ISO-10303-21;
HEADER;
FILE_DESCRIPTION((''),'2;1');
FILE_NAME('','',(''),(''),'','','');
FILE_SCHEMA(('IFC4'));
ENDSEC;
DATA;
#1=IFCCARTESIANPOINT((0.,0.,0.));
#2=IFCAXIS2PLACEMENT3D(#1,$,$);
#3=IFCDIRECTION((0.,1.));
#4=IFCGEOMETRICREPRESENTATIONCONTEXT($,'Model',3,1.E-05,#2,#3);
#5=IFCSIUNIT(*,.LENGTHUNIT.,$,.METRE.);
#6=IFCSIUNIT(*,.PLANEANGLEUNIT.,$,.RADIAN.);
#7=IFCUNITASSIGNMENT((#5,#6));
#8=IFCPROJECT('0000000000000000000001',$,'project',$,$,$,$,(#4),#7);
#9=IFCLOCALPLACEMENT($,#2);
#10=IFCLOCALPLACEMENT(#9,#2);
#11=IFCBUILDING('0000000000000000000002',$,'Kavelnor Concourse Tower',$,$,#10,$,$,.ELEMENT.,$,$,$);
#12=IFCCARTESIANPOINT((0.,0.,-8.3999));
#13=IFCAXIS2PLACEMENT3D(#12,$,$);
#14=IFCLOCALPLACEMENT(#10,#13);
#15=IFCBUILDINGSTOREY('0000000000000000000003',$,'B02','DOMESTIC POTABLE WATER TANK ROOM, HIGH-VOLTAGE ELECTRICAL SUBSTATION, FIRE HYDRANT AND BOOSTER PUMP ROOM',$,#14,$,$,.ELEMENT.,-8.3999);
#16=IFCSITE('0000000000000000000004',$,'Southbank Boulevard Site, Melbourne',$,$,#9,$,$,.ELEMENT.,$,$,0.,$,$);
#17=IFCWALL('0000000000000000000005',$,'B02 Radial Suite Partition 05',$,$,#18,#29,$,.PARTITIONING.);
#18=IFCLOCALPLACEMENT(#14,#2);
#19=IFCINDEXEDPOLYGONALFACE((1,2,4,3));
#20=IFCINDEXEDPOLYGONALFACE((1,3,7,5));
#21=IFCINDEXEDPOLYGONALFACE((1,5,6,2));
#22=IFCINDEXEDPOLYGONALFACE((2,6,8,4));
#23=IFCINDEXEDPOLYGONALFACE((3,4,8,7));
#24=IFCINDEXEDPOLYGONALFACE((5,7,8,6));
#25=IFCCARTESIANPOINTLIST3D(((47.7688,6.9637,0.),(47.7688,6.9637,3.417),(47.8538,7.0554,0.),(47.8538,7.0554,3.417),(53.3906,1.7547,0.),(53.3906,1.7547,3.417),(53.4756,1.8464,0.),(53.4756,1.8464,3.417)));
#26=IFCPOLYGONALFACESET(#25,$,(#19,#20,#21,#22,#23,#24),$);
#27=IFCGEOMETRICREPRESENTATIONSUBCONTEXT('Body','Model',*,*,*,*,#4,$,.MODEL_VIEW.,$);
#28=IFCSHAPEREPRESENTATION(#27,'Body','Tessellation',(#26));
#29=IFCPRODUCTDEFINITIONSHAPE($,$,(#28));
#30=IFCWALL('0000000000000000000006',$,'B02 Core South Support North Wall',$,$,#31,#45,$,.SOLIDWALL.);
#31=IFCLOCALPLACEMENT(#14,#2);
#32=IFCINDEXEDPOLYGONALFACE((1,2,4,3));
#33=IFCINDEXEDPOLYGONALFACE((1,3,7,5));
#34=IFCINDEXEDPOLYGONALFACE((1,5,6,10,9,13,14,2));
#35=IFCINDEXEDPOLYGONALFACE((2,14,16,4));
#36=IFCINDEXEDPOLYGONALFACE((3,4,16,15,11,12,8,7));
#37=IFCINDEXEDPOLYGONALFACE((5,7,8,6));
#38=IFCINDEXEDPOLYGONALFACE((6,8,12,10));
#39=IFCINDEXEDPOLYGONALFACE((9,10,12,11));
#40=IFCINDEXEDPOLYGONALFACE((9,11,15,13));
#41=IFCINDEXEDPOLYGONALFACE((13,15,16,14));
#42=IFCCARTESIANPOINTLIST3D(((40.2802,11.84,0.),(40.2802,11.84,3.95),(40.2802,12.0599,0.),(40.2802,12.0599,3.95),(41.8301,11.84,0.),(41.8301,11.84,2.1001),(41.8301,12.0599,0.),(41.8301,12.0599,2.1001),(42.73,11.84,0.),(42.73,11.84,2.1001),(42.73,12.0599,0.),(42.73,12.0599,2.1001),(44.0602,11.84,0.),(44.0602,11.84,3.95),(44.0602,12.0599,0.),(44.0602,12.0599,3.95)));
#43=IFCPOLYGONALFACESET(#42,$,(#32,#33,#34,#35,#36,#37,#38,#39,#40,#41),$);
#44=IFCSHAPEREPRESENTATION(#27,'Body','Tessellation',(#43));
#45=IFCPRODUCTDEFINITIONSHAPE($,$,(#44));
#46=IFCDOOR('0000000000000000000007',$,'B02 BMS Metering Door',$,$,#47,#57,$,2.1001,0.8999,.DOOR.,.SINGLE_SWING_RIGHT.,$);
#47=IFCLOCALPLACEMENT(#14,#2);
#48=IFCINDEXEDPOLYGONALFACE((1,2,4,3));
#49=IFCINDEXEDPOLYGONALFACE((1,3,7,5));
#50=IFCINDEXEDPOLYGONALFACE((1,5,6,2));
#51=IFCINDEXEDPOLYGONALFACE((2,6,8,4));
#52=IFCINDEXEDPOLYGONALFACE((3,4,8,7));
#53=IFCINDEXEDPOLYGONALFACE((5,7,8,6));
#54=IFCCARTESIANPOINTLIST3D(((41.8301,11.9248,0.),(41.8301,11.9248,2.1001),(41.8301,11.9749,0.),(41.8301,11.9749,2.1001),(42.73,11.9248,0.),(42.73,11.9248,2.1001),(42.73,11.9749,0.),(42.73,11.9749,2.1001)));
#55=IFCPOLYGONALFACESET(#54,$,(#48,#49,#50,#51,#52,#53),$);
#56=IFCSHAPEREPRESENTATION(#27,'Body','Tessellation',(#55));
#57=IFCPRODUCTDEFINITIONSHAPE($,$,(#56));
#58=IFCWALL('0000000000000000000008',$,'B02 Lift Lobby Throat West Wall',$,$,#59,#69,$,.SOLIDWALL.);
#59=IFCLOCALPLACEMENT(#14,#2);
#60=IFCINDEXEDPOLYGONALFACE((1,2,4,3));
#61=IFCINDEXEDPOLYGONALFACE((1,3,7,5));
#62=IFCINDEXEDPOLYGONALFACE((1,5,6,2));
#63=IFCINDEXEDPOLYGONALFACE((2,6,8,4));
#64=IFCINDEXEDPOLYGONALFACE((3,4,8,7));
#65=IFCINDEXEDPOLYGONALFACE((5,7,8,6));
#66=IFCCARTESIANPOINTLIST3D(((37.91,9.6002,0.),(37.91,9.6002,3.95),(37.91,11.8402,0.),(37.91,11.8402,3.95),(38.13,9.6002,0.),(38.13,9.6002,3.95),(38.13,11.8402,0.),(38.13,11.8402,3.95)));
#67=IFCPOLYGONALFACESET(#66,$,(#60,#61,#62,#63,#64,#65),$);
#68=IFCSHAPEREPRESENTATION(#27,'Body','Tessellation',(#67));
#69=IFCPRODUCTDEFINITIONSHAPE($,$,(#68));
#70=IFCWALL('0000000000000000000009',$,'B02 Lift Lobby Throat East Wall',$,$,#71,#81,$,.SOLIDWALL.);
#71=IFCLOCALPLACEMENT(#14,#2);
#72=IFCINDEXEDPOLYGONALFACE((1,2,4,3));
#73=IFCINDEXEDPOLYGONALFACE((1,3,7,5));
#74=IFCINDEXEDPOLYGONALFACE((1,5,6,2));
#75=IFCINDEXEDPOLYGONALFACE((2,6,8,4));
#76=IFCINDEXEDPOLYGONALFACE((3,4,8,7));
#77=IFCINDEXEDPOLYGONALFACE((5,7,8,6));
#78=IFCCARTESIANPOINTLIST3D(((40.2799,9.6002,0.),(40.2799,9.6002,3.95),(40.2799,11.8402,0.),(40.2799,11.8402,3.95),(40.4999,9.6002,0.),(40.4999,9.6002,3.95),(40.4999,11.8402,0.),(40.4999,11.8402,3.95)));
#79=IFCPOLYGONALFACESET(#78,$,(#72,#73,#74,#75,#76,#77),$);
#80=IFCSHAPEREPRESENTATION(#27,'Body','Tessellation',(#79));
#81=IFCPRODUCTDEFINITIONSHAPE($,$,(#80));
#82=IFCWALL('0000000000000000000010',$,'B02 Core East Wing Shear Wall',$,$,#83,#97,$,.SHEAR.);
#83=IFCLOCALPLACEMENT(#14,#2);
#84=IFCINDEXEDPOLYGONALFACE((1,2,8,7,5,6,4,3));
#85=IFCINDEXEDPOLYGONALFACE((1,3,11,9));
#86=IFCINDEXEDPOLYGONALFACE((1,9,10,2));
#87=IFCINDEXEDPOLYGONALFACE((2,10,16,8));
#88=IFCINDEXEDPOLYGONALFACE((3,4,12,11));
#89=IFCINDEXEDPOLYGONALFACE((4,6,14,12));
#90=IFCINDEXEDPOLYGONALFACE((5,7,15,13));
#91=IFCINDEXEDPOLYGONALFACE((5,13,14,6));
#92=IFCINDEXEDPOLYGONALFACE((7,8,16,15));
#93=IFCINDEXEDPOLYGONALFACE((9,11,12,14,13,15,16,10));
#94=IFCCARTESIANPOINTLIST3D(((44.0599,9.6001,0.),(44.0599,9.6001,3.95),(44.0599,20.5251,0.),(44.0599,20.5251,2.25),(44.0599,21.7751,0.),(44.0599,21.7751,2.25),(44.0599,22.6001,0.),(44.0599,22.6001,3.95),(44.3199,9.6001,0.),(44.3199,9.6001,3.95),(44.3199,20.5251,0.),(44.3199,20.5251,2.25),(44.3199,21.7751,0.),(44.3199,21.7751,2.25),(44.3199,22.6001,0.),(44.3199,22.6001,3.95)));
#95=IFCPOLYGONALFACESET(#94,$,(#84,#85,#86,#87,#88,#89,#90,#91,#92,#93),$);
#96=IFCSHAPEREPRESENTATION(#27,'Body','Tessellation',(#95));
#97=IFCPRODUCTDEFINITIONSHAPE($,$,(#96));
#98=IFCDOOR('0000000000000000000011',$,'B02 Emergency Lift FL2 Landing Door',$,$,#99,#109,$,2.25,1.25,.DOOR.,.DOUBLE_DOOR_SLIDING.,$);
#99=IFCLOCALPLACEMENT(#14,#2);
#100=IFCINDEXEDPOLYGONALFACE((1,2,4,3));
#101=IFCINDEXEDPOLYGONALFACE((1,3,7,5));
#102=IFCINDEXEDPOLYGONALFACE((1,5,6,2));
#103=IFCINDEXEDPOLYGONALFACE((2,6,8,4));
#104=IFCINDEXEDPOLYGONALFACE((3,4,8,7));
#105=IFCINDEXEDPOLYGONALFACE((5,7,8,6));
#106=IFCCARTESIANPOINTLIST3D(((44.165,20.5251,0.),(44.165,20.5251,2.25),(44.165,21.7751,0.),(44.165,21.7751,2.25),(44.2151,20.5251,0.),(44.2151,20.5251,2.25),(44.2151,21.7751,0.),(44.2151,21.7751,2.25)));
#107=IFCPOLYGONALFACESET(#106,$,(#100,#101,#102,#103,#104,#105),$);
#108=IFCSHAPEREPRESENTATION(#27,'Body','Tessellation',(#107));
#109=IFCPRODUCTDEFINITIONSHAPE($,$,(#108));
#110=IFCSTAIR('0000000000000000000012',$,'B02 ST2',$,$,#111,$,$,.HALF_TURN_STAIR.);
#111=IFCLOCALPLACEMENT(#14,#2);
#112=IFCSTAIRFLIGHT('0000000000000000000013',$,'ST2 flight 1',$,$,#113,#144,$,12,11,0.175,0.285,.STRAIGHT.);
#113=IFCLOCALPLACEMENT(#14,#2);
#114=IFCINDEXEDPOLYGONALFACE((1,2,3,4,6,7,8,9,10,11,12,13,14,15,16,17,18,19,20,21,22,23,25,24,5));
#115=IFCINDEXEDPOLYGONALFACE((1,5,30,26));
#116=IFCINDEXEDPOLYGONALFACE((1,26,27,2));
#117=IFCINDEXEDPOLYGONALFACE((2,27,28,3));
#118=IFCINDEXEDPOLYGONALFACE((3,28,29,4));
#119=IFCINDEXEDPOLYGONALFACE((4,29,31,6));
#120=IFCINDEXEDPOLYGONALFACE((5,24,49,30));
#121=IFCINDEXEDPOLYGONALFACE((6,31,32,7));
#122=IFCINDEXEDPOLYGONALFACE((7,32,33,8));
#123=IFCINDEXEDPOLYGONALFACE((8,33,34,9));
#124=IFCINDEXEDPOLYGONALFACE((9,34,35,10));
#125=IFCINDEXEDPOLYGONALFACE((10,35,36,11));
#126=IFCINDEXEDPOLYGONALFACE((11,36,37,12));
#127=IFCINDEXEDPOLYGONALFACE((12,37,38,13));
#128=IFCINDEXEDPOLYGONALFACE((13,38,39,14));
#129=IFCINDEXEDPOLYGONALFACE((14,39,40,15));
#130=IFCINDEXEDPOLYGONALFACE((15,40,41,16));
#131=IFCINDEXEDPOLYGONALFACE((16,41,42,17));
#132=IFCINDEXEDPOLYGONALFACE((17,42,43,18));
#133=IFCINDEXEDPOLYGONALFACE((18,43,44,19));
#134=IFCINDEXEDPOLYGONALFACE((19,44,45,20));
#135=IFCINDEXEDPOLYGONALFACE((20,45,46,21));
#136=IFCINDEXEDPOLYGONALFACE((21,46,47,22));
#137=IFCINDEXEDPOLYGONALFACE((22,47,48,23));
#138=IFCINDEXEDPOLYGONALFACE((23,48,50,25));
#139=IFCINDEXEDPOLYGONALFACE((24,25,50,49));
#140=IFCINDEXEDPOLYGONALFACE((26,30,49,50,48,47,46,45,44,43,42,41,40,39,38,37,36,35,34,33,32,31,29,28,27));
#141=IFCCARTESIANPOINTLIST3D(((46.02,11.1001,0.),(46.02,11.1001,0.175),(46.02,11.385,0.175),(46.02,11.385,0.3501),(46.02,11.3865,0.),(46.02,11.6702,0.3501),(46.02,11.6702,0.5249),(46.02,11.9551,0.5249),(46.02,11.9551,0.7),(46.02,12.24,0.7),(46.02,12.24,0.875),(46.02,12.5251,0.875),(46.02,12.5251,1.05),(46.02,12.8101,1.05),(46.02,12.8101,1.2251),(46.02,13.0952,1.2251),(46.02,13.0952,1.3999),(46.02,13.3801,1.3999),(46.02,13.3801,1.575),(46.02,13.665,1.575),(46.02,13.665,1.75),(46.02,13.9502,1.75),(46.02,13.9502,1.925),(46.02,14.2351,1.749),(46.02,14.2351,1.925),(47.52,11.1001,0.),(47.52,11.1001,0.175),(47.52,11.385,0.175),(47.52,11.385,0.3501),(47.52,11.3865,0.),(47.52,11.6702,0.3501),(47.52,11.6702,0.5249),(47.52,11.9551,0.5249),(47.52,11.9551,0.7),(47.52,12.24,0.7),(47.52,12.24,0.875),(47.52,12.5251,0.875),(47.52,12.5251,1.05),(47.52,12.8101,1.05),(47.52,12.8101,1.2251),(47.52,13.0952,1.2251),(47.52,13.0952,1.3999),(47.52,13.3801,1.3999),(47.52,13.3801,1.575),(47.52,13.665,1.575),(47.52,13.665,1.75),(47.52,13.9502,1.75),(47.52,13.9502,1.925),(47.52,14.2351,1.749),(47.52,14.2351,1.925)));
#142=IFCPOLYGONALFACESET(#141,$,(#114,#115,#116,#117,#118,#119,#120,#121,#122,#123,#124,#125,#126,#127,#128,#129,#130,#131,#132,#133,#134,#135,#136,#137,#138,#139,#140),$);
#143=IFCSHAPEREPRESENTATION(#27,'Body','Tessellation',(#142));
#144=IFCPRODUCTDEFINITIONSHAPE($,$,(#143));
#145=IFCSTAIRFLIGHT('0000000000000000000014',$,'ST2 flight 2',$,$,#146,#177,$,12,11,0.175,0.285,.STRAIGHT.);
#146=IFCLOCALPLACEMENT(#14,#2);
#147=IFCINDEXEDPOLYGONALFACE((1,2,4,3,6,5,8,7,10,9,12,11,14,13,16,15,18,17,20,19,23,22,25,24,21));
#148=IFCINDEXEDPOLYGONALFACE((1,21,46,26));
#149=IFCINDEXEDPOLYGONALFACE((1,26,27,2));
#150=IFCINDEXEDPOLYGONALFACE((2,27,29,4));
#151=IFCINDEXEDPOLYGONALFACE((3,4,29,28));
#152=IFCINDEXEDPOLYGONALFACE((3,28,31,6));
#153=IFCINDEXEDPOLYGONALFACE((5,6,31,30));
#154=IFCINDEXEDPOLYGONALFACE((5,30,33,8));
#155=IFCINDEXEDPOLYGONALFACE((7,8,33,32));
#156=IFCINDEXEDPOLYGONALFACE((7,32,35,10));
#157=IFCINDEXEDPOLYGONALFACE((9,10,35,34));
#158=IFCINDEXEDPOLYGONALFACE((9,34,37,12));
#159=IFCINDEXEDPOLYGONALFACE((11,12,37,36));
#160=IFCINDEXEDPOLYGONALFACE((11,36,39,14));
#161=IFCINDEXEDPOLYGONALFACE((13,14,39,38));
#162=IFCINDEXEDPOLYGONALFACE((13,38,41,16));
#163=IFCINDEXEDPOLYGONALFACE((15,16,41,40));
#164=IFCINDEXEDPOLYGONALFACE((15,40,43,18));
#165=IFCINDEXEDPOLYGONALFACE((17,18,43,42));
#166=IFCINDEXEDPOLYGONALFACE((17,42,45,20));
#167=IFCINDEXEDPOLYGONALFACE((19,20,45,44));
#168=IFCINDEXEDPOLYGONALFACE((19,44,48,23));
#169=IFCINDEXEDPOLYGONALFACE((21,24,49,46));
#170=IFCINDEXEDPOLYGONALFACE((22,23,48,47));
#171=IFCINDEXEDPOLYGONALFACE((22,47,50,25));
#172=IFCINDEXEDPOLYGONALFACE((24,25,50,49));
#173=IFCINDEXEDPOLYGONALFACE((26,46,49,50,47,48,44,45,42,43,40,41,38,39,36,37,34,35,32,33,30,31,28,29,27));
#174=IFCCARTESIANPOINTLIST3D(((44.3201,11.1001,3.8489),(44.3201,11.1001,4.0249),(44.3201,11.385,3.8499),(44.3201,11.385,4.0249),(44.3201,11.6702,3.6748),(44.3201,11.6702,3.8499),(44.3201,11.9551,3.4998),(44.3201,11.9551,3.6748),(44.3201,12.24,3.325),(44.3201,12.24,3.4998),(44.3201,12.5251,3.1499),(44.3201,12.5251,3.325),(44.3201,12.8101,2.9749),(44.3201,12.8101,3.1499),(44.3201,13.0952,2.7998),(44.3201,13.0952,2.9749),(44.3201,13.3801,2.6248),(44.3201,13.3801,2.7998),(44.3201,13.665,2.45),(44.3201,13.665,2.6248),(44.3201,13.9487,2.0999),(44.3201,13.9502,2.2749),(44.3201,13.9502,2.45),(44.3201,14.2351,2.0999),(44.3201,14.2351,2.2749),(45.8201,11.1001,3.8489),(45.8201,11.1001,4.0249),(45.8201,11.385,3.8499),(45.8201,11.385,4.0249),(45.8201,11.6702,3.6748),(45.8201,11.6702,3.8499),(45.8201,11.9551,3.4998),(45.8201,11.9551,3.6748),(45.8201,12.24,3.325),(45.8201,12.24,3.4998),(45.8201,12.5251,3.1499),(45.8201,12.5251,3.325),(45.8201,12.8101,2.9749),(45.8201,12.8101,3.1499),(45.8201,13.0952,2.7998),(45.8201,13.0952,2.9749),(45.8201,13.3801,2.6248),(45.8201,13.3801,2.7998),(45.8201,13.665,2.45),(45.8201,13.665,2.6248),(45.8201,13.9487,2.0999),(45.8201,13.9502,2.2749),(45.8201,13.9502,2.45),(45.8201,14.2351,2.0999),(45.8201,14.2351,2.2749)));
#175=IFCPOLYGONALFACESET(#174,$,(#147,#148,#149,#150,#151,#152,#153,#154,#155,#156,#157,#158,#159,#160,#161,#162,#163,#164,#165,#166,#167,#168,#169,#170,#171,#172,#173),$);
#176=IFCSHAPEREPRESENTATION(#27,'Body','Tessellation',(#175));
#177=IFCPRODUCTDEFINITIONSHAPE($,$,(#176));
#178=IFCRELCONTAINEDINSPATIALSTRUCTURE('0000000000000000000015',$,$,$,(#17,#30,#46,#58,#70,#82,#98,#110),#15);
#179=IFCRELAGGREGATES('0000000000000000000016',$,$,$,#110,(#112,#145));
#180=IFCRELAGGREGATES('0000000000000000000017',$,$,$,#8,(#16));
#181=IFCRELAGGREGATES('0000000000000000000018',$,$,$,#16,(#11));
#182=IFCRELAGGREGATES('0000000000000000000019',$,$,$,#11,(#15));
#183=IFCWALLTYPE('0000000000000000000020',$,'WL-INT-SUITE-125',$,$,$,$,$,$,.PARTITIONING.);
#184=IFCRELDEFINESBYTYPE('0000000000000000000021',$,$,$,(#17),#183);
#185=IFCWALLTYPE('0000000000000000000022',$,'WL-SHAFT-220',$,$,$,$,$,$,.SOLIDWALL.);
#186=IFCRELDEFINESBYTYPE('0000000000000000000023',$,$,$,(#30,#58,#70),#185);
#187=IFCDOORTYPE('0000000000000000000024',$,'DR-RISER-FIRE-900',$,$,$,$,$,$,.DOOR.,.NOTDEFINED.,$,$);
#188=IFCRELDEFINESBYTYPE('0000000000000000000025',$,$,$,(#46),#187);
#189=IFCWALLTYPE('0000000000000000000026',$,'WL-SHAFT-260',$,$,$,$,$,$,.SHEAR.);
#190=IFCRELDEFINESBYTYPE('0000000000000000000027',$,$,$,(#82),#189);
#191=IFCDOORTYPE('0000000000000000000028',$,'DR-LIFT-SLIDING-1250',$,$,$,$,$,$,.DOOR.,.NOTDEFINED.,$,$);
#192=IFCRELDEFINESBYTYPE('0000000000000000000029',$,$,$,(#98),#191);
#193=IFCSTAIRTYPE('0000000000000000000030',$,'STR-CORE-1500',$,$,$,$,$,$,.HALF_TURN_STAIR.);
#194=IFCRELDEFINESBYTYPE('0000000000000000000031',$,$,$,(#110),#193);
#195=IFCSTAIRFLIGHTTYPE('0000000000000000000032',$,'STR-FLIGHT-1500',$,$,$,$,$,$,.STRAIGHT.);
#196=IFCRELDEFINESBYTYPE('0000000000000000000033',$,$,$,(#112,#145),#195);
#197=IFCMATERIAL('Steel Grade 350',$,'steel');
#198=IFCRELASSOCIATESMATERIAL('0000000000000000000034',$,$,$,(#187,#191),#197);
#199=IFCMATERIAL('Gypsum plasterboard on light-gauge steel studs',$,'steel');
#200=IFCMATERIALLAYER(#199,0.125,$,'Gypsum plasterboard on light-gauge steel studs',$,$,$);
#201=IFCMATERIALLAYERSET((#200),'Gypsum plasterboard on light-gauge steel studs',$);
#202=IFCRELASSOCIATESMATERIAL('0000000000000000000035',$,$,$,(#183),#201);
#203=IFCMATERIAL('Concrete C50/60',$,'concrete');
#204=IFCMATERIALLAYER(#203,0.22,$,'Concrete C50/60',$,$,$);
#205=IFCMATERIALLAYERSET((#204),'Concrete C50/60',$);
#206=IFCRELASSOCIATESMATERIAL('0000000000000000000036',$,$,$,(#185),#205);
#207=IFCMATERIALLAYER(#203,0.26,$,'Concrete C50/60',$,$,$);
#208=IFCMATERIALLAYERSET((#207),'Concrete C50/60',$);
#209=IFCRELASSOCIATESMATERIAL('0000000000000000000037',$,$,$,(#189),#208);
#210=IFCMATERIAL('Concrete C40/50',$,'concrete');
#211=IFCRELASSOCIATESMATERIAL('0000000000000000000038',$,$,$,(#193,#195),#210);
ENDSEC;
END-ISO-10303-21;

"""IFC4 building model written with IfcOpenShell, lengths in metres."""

from ifc_helpers import new_model, si_unit, direction, frame, frame_2d, origin, place, context, subcontext, project, spatial, polyline, rectangle, outline, extrude, material, layer, layer_set, type_object, element, fill, aggregate, save


model = new_model("IFC4")

# Units and contexts
model_context = context("Model", 3, precision=1e-05, world=origin(), true_north=direction((0.0, 1.0)))
body_context = subcontext(model_context, "Body", "Model", "MODEL_VIEW")
ifc_project = project(units=[si_unit("LENGTHUNIT", "METRE"), si_unit("PLANEANGLEUNIT", "RADIAN")], contexts=[model_context])

# Site, building, storey
site_placement = place(None, origin())
site = spatial("IfcSite", under=ifc_project, at=site_placement, Name="Southbank Boulevard Site, Melbourne", CompositionType="ELEMENT", RefElevation=0.0)
building_placement = place(site_placement, origin())
building = spatial("IfcBuilding", under=site, at=building_placement, Name="Kavelnor Concourse Tower", CompositionType="ELEMENT")
storey_placement = place(building_placement, frame((0.0, 0.0, -8.3999)))
storey = spatial("IfcBuildingStorey", under=building, at=storey_placement, Name="B02", Description="DOMESTIC POTABLE WATER TANK ROOM, HIGH-VOLTAGE ELECTRICAL SUBSTATION, FIRE HYDRANT AND BOOSTER PUMP ROOM", CompositionType="ELEMENT", Elevation=-8.3999)

# Shared definitions
ifc_material_1 = material(Name="Concrete C50/60", Category="concrete")

# Shared definitions
ifc_material_2 = material(Name="Steel Grade 350", Category="steel")

# Shared definitions
door_type_1 = type_object("IfcDoorType", Name="DR-RISER-FIRE-900", OperationType="NOTDEFINED", PredefinedType="DOOR", material=ifc_material_2)

# Wall
ifc_material_3 = material(Name="Gypsum plasterboard on light-gauge steel studs", Category="steel")
ifc_layer_1 = layer(ifc_material_3, 0.125, Name="Gypsum plasterboard on light-gauge steel studs")
ifc_layer_set_1 = layer_set([ifc_layer_1], Name="Gypsum plasterboard on light-gauge steel studs")
wall_type_1 = type_object("IfcWallType", Name="WL-INT-SUITE-125", PredefinedType="PARTITIONING", material=ifc_layer_set_1)
wall_1_placement = place(storey_placement, frame((47.8113, 7.0095, 0.0), z_axis=(0.0, 0.0, 1.0), x_axis=(0.733527, -0.67966, 0.0)))
element("IfcWall", 1, at=wall_1_placement, inside=storey, type_object=wall_type_1, Name="B02 Radial Suite Partition 05", PredefinedType="PARTITIONING", context=body_context, shape_type="SweptSolid", body=[
    extrude(rectangle(XDim=7.6641, YDim=0.125, at=frame_2d((3.832, 0.0))), origin(), (0.0, 0.0, 1.0), 3.417),
])

# Wall, opening, door
ifc_layer_2 = layer(ifc_material_1, 0.22, Name="Concrete C50/60")
ifc_layer_set_2 = layer_set([ifc_layer_2], Name="Concrete C50/60")
wall_type_2 = type_object("IfcWallType", Name="WL-SHAFT-220", PredefinedType="SOLIDWALL", material=ifc_layer_set_2)
wall_2_placement = place(storey_placement, frame((40.28, 11.95, 0.0), z_axis=(0.0, 0.0, 1.0), x_axis=(1.0, 0.0, 0.0)))
wall_2 = element("IfcWall", 2, at=wall_2_placement, inside=storey, type_object=wall_type_2, Name="B02 Core South Support North Wall", PredefinedType="SOLIDWALL", context=body_context, shape_type="SweptSolid", body=[
    extrude(rectangle(XDim=3.78, YDim=0.22, at=frame_2d((1.8901, 0.0))), origin(), (0.0, 0.0, 1.0), 3.95),
])
opening_1_placement = place(wall_2_placement, frame((1.55, 0.0, 0.0)))
opening_1 = element("IfcOpeningElement", 3, at=opening_1_placement, cuts=wall_2, PredefinedType="OPENING", context=body_context, shape_type="SweptSolid", body=[
    extrude(rectangle(XDim=0.8999, YDim=2.1001, at=frame_2d((0.45, 1.05))), frame((0.0, 0.1201, 0.0), z_axis=(0.0, -1.0, 0.0), x_axis=(1.0, 0.0, 0.0)), (0.0, 0.0, 1.0), 0.24),
])
door_1_placement = place(opening_1_placement, origin())
door_1 = element("IfcDoor", 4, at=door_1_placement, inside=storey, type_object=door_type_1, Name="B02 BMS Metering Door", OperationType="SINGLE_SWING_RIGHT", OverallHeight=2.1001, OverallWidth=0.8999, PredefinedType="DOOR", context=body_context, shape_type="SweptSolid", body=[
    extrude(rectangle(XDim=0.8999, YDim=2.1001, at=frame_2d((0.45, 1.05))), frame((0.0, 0.0249, 0.0), z_axis=(0.0, -1.0, 0.0), x_axis=(1.0, 0.0, 0.0)), (0.0, 0.0, 1.0), 0.05),
])
fill(opening_1, door_1)

# Walls
for number, where, z_axis, x_axis, name in (
    (5, (38.02, 9.6001, 0.0), (0.0, 0.0, 1.0), (0.0, 1.0, 0.0), "B02 Lift Lobby Throat West Wall"),
    (6, (40.3899, 9.6001, 0.0), (0.0, 0.0, 1.0), (0.0, 1.0, 0.0), "B02 Lift Lobby Throat East Wall"),
):
    element("IfcWall", number, at=place(storey_placement, frame(where, z_axis=z_axis, x_axis=x_axis)), inside=storey, type_object=wall_type_2, Name=name, PredefinedType="SOLIDWALL", context=body_context, shape_type="SweptSolid", body=[
        extrude(rectangle(XDim=2.24, YDim=0.22, at=frame_2d((1.1201, 0.0))), origin(), (0.0, 0.0, 1.0), 3.95),
    ])

# Wall, opening, door
ifc_layer_3 = layer(ifc_material_1, 0.26, Name="Concrete C50/60")
ifc_layer_set_3 = layer_set([ifc_layer_3], Name="Concrete C50/60")
wall_type_3 = type_object("IfcWallType", Name="WL-SHAFT-260", PredefinedType="SHEAR", material=ifc_layer_set_3)
wall_3_placement = place(storey_placement, frame((44.1899, 9.6001, 0.0), z_axis=(0.0, 0.0, 1.0), x_axis=(0.0, 1.0, 0.0)))
wall_3 = element("IfcWall", 7, at=wall_3_placement, inside=storey, type_object=wall_type_3, Name="B02 Core East Wing Shear Wall", PredefinedType="SHEAR", context=body_context, shape_type="SweptSolid", body=[
    extrude(rectangle(XDim=13.0, YDim=0.26, at=frame_2d((6.5, 0.0))), origin(), (0.0, 0.0, 1.0), 3.95),
])
opening_2_placement = place(wall_3_placement, frame((10.925, 0.0, 0.0)))
opening_2 = element("IfcOpeningElement", 8, at=opening_2_placement, cuts=wall_3, PredefinedType="OPENING", context=body_context, shape_type="SweptSolid", body=[
    extrude(rectangle(XDim=1.25, YDim=2.25, at=frame_2d((0.625, 1.125))), frame((0.0, 0.1401, 0.0), z_axis=(0.0, -1.0, 0.0), x_axis=(1.0, 0.0, 0.0)), (0.0, 0.0, 1.0), 0.28),
])
door_type_2 = type_object("IfcDoorType", Name="DR-LIFT-SLIDING-1250", OperationType="NOTDEFINED", PredefinedType="DOOR", material=ifc_material_2)
door_2_placement = place(opening_2_placement, origin())
door_2 = element("IfcDoor", 9, at=door_2_placement, inside=storey, type_object=door_type_2, Name="B02 Emergency Lift FL2 Landing Door", OperationType="DOUBLE_DOOR_SLIDING", OverallHeight=2.25, OverallWidth=1.25, PredefinedType="DOOR", context=body_context, shape_type="SweptSolid", body=[
    extrude(rectangle(XDim=1.25, YDim=2.25, at=frame_2d((0.625, 1.125))), frame((0.0, 0.0249, 0.0), z_axis=(0.0, -1.0, 0.0), x_axis=(1.0, 0.0, 0.0)), (0.0, 0.0, 1.0), 0.05),
])
fill(opening_2, door_2)

# Stair, stair flights
ifc_material_4 = material(Name="Concrete C40/50", Category="concrete")
stair_type = type_object("IfcStairType", Name="STR-CORE-1500", PredefinedType="HALF_TURN_STAIR", material=ifc_material_4)
stair_placement = place(storey_placement, origin())
stair = element("IfcStair", 10, at=stair_placement, inside=storey, type_object=stair_type, Name="B02 ST2", PredefinedType="HALF_TURN_STAIR")
stair_flight_type = type_object("IfcStairFlightType", Name="STR-FLIGHT-1500", PredefinedType="STRAIGHT", material=ifc_material_4)
stair_flight_1_placement = place(storey_placement, frame((46.77, 11.1001, 0.0), z_axis=(0.0, 0.0, 1.0), x_axis=(0.0, 1.0, 0.0)))
stair_flight_1 = element("IfcStairFlight", 11, at=stair_flight_1_placement, type_object=stair_flight_type, Name="ST2 flight 1", NumberOfRisers=12, NumberOfTreads=11, PredefinedType="STRAIGHT", RiserHeight=0.175, TreadLength=0.285, context=body_context, shape_type="SweptSolid", body=[
    extrude(outline(polyline([(0.0, 0.0), (0.0, 0.175), (0.2849, 0.175), (0.2849, 0.3501), (0.5701, 0.3501), (0.5701, 0.5249), (0.855, 0.5249), (0.855, 0.7), (1.1399, 0.7), (1.1399, 0.875), (1.425, 0.875), (1.425, 1.05), (1.71, 1.05), (1.71, 1.2251), (1.9951, 1.2251), (1.9951, 1.3999), (2.28, 1.3999), (2.28, 1.575), (2.5649, 1.575), (2.5649, 1.75), (2.8501, 1.75), (2.8501, 1.925), (3.135, 1.925), (3.135, 2.1001), (3.135, 1.749), (0.2864, 0.0), (0.0, 0.0)])), frame((0.0, 0.75, 0.0), z_axis=(0.0, -1.0, 0.0), x_axis=(1.0, 0.0, 0.0)), (0.0, 0.0, 1.0), 1.5),
])
stair_flight_2_placement = place(storey_placement, frame((45.0701, 14.2351, 2.0999), z_axis=(0.0, 0.0, 1.0), x_axis=(0.0, -1.0, 0.0)))
stair_flight_2 = element("IfcStairFlight", 12, at=stair_flight_2_placement, type_object=stair_flight_type, Name="ST2 flight 2", NumberOfRisers=12, NumberOfTreads=11, PredefinedType="STRAIGHT", RiserHeight=0.175, TreadLength=0.285, context=body_context, shape_type="SweptSolid", body=[
    extrude(outline(polyline([(0.0, 0.0), (0.0, 0.175), (0.2849, 0.175), (0.2849, 0.3501), (0.5701, 0.3501), (0.5701, 0.5249), (0.855, 0.5249), (0.855, 0.7), (1.1399, 0.7), (1.1399, 0.875), (1.425, 0.875), (1.425, 1.05), (1.71, 1.05), (1.71, 1.2251), (1.9951, 1.2251), (1.9951, 1.3999), (2.28, 1.3999), (2.28, 1.575), (2.5649, 1.575), (2.5649, 1.75), (2.8501, 1.75), (2.8501, 1.925), (3.135, 1.925), (3.135, 2.1001), (3.135, 1.749), (0.2864, 0.0), (0.0, 0.0)])), frame((0.0, 0.75, 0.0), z_axis=(0.0, -1.0, 0.0), x_axis=(1.0, 0.0, 0.0)), (0.0, 0.0, 1.0), 1.5),
])
aggregate(stair, [stair_flight_1, stair_flight_2])

save(model, "model.ifc")
